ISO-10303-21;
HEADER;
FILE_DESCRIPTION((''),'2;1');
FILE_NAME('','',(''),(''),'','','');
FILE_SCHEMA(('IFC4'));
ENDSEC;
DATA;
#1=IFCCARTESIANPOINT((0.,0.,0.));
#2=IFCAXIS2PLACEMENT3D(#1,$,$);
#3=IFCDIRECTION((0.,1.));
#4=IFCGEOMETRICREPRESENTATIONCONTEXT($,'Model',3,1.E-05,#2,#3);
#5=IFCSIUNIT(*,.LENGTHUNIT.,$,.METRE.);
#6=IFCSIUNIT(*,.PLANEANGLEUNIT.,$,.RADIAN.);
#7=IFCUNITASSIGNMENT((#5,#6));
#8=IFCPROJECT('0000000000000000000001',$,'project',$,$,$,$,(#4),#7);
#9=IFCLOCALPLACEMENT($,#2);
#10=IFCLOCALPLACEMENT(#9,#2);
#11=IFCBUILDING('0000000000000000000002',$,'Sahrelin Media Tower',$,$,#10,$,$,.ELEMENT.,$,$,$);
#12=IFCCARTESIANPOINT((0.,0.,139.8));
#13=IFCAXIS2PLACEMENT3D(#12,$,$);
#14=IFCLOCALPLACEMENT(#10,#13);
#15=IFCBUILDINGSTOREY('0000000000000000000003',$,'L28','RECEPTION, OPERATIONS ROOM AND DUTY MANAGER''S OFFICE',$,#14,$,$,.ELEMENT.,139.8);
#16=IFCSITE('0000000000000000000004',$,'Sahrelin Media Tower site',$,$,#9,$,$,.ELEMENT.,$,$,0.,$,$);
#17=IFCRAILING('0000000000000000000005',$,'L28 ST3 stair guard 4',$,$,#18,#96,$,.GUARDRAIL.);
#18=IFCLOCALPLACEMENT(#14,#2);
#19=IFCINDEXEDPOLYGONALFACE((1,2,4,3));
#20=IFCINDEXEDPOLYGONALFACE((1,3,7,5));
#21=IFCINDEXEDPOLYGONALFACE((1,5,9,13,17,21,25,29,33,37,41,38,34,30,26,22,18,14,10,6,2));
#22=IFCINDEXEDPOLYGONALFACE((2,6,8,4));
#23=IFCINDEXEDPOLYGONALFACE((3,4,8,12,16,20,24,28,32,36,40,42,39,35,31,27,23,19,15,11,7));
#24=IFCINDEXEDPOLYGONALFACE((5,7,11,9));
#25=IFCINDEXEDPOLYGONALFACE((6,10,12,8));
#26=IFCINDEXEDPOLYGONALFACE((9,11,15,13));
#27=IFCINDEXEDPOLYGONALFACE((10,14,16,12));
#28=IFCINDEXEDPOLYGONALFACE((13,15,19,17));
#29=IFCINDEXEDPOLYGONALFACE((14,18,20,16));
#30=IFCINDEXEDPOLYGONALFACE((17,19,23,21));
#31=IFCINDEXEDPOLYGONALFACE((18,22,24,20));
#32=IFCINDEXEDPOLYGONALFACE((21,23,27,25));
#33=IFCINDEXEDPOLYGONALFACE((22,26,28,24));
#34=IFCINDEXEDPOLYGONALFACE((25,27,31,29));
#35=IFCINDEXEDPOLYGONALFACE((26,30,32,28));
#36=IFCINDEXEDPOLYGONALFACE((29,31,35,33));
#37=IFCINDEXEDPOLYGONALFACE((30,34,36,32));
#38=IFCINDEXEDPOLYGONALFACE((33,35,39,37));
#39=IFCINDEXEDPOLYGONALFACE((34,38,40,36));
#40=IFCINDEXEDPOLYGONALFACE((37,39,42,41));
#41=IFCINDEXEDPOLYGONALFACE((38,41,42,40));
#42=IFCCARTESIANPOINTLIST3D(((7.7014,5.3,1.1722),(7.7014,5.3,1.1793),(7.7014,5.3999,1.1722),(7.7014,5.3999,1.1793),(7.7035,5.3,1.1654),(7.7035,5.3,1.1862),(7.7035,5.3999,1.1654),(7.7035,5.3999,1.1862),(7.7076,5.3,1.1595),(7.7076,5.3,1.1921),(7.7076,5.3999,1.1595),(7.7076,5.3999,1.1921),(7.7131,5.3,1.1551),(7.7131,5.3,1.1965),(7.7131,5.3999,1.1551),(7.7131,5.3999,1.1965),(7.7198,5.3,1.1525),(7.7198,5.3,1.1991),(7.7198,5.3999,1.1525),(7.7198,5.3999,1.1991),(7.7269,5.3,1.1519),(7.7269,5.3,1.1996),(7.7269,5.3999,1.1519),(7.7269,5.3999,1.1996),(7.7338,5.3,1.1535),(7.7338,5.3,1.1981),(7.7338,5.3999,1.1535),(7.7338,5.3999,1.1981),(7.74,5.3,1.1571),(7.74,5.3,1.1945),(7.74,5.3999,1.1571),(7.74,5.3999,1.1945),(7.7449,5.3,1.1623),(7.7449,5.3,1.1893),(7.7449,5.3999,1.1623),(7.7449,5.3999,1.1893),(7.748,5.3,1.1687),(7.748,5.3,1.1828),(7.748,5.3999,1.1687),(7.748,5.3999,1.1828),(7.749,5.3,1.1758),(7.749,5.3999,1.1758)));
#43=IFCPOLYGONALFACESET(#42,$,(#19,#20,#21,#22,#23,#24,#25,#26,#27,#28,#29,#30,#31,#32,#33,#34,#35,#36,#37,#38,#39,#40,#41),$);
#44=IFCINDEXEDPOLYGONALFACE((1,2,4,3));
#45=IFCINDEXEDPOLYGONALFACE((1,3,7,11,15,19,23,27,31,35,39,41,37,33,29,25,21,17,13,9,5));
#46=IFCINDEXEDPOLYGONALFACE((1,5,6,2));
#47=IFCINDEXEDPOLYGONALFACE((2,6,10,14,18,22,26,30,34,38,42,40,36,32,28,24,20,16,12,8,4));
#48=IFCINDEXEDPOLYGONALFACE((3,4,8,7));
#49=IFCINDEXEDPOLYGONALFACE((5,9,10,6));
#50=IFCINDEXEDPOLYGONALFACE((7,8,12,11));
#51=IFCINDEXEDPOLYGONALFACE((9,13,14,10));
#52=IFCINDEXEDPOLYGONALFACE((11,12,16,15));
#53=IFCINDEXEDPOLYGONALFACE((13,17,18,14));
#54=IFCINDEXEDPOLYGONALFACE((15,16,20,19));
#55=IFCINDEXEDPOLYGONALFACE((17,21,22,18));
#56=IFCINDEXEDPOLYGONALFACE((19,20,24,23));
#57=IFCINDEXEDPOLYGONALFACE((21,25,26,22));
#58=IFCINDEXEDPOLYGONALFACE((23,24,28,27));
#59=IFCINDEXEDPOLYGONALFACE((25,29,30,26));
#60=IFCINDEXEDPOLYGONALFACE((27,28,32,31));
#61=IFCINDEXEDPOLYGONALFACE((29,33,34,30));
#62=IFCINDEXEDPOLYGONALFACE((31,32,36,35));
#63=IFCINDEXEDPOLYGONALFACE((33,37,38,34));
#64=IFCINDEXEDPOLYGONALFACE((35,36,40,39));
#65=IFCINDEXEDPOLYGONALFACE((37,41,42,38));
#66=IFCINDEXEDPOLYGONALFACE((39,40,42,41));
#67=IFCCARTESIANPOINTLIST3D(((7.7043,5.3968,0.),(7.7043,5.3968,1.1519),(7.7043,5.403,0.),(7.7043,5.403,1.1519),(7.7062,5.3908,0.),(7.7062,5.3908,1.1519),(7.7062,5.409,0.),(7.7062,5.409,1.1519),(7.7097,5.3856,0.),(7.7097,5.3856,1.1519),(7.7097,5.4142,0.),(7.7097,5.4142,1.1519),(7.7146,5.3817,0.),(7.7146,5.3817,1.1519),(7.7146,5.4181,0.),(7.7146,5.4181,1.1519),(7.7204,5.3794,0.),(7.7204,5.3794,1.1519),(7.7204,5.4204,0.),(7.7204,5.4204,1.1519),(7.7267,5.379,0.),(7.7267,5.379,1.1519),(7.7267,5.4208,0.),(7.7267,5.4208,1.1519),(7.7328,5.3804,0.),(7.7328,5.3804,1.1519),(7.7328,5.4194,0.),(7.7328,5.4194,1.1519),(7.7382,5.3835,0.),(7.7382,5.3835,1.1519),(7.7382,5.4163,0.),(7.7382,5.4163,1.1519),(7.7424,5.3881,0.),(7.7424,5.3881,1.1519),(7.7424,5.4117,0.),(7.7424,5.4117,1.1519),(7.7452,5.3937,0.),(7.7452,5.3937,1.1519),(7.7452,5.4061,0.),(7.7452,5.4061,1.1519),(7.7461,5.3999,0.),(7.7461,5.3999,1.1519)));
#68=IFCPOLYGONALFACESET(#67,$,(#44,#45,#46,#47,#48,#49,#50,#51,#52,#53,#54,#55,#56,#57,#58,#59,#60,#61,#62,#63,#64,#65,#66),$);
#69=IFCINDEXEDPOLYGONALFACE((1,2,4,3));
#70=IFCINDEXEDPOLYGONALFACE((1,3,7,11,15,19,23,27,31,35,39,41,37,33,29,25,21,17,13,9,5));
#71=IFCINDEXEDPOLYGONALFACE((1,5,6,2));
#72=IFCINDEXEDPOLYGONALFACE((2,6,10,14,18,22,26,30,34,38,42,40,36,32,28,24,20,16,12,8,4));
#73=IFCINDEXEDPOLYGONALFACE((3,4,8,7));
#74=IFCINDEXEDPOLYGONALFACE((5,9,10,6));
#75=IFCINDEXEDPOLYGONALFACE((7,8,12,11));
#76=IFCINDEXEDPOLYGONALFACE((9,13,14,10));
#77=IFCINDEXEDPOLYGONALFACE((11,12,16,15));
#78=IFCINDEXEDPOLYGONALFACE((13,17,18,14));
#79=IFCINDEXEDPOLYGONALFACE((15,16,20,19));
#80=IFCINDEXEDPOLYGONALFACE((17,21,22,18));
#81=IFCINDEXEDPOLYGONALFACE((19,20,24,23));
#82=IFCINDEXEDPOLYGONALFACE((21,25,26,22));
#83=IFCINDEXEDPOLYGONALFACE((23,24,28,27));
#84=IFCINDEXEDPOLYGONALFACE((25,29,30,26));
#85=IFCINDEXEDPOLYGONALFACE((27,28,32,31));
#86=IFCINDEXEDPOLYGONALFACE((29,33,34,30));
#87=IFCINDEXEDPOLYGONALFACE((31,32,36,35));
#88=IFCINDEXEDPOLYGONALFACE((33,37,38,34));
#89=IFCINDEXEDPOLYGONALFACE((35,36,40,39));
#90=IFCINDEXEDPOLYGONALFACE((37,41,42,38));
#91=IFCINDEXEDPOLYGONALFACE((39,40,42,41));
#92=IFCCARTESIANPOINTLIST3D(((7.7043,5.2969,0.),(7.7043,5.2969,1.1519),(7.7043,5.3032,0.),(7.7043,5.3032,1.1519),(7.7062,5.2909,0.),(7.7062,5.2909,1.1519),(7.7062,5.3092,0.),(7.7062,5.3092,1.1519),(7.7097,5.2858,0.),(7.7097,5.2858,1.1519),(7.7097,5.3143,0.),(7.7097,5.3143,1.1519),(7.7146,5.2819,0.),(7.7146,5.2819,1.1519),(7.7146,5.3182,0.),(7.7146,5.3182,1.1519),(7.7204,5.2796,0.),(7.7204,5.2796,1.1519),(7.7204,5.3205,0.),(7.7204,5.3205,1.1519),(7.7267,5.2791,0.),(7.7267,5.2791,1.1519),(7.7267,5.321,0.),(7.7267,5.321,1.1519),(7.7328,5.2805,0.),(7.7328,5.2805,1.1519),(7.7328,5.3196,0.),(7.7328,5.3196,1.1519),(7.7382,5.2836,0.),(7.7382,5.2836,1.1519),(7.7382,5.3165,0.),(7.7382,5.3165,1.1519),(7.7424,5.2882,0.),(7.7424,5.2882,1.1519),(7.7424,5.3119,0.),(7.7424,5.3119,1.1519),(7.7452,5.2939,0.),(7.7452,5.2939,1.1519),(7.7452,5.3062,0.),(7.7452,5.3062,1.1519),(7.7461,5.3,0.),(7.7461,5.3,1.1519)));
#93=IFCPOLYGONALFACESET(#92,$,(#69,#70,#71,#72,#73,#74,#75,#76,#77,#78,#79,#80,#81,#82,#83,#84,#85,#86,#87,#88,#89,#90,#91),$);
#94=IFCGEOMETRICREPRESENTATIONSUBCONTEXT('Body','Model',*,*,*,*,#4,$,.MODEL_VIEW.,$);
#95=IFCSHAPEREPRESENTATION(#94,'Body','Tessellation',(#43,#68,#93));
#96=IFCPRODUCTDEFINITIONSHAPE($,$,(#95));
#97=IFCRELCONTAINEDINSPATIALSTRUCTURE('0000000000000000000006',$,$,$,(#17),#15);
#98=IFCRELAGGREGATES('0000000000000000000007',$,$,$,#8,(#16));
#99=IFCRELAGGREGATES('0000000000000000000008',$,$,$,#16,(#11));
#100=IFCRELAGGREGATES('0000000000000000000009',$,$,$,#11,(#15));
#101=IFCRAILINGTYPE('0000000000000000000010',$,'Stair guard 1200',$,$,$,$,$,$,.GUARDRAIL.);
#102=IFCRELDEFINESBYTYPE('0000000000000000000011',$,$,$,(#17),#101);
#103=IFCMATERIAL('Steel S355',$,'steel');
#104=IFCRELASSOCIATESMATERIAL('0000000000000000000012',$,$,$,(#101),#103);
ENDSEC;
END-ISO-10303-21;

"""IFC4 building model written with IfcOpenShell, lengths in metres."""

from ifc_helpers import new_model, si_unit, direction, frame, origin, origin_2d, place, context, subcontext, project, spatial, circle, extrude, material, type_object, element, save


model = new_model("IFC4")

# Units and contexts
model_context = context("Model", 3, precision=1e-05, world=origin(), true_north=direction((0.0, 1.0)))
body_context = subcontext(model_context, "Body", "Model", "MODEL_VIEW")
ifc_project = project(units=[si_unit("LENGTHUNIT", "METRE"), si_unit("PLANEANGLEUNIT", "RADIAN")], contexts=[model_context])

# Site, building, storey
site_placement = place(None, origin())
site = spatial("IfcSite", under=ifc_project, at=site_placement, Name="Sahrelin Media Tower site", CompositionType="ELEMENT", RefElevation=0.0)
building_placement = place(site_placement, origin())
building = spatial("IfcBuilding", under=site, at=building_placement, Name="Sahrelin Media Tower", CompositionType="ELEMENT")
storey_placement = place(building_placement, frame((0.0, 0.0, 139.8)))
storey = spatial("IfcBuildingStorey", under=building, at=storey_placement, Name="L28", Description="RECEPTION, OPERATIONS ROOM AND DUTY MANAGER'S OFFICE", CompositionType="ELEMENT", Elevation=139.8)

# Shared definitions
ifc_material_1 = material(Name="Steel S355", Category="steel")

# Railing
railing_type_1 = type_object("IfcRailingType", Name="Stair guard 1200", PredefinedType="GUARDRAIL", material=ifc_material_1)
railing_1_placement = place(storey_placement, frame((7.7251, 5.3999, 0.0)))
element("IfcRailing", 1, at=railing_1_placement, inside=storey, type_object=railing_type_1, Name="L28 ST3 stair guard 4", PredefinedType="GUARDRAIL", context=body_context, shape_type="SweptSolid", body=[
    extrude(circle(Radius=0.0239, at=origin_2d()), frame((0.0, 0.0, 1.1758), z_axis=(0.0, -1.0, 0.0), x_axis=(1.0, 0.0, 0.0)), (0.0, 0.0, 1.0), 0.0999),
    extrude(circle(Radius=0.021, at=origin_2d()), origin(), (0.0, 0.0, 1.0), 1.1519),
    extrude(circle(Radius=0.021, at=origin_2d()), frame((0.0, -0.0999, 0.0)), (0.0, 0.0, 1.0), 1.1519),
])

save(model, "model.ifc")
